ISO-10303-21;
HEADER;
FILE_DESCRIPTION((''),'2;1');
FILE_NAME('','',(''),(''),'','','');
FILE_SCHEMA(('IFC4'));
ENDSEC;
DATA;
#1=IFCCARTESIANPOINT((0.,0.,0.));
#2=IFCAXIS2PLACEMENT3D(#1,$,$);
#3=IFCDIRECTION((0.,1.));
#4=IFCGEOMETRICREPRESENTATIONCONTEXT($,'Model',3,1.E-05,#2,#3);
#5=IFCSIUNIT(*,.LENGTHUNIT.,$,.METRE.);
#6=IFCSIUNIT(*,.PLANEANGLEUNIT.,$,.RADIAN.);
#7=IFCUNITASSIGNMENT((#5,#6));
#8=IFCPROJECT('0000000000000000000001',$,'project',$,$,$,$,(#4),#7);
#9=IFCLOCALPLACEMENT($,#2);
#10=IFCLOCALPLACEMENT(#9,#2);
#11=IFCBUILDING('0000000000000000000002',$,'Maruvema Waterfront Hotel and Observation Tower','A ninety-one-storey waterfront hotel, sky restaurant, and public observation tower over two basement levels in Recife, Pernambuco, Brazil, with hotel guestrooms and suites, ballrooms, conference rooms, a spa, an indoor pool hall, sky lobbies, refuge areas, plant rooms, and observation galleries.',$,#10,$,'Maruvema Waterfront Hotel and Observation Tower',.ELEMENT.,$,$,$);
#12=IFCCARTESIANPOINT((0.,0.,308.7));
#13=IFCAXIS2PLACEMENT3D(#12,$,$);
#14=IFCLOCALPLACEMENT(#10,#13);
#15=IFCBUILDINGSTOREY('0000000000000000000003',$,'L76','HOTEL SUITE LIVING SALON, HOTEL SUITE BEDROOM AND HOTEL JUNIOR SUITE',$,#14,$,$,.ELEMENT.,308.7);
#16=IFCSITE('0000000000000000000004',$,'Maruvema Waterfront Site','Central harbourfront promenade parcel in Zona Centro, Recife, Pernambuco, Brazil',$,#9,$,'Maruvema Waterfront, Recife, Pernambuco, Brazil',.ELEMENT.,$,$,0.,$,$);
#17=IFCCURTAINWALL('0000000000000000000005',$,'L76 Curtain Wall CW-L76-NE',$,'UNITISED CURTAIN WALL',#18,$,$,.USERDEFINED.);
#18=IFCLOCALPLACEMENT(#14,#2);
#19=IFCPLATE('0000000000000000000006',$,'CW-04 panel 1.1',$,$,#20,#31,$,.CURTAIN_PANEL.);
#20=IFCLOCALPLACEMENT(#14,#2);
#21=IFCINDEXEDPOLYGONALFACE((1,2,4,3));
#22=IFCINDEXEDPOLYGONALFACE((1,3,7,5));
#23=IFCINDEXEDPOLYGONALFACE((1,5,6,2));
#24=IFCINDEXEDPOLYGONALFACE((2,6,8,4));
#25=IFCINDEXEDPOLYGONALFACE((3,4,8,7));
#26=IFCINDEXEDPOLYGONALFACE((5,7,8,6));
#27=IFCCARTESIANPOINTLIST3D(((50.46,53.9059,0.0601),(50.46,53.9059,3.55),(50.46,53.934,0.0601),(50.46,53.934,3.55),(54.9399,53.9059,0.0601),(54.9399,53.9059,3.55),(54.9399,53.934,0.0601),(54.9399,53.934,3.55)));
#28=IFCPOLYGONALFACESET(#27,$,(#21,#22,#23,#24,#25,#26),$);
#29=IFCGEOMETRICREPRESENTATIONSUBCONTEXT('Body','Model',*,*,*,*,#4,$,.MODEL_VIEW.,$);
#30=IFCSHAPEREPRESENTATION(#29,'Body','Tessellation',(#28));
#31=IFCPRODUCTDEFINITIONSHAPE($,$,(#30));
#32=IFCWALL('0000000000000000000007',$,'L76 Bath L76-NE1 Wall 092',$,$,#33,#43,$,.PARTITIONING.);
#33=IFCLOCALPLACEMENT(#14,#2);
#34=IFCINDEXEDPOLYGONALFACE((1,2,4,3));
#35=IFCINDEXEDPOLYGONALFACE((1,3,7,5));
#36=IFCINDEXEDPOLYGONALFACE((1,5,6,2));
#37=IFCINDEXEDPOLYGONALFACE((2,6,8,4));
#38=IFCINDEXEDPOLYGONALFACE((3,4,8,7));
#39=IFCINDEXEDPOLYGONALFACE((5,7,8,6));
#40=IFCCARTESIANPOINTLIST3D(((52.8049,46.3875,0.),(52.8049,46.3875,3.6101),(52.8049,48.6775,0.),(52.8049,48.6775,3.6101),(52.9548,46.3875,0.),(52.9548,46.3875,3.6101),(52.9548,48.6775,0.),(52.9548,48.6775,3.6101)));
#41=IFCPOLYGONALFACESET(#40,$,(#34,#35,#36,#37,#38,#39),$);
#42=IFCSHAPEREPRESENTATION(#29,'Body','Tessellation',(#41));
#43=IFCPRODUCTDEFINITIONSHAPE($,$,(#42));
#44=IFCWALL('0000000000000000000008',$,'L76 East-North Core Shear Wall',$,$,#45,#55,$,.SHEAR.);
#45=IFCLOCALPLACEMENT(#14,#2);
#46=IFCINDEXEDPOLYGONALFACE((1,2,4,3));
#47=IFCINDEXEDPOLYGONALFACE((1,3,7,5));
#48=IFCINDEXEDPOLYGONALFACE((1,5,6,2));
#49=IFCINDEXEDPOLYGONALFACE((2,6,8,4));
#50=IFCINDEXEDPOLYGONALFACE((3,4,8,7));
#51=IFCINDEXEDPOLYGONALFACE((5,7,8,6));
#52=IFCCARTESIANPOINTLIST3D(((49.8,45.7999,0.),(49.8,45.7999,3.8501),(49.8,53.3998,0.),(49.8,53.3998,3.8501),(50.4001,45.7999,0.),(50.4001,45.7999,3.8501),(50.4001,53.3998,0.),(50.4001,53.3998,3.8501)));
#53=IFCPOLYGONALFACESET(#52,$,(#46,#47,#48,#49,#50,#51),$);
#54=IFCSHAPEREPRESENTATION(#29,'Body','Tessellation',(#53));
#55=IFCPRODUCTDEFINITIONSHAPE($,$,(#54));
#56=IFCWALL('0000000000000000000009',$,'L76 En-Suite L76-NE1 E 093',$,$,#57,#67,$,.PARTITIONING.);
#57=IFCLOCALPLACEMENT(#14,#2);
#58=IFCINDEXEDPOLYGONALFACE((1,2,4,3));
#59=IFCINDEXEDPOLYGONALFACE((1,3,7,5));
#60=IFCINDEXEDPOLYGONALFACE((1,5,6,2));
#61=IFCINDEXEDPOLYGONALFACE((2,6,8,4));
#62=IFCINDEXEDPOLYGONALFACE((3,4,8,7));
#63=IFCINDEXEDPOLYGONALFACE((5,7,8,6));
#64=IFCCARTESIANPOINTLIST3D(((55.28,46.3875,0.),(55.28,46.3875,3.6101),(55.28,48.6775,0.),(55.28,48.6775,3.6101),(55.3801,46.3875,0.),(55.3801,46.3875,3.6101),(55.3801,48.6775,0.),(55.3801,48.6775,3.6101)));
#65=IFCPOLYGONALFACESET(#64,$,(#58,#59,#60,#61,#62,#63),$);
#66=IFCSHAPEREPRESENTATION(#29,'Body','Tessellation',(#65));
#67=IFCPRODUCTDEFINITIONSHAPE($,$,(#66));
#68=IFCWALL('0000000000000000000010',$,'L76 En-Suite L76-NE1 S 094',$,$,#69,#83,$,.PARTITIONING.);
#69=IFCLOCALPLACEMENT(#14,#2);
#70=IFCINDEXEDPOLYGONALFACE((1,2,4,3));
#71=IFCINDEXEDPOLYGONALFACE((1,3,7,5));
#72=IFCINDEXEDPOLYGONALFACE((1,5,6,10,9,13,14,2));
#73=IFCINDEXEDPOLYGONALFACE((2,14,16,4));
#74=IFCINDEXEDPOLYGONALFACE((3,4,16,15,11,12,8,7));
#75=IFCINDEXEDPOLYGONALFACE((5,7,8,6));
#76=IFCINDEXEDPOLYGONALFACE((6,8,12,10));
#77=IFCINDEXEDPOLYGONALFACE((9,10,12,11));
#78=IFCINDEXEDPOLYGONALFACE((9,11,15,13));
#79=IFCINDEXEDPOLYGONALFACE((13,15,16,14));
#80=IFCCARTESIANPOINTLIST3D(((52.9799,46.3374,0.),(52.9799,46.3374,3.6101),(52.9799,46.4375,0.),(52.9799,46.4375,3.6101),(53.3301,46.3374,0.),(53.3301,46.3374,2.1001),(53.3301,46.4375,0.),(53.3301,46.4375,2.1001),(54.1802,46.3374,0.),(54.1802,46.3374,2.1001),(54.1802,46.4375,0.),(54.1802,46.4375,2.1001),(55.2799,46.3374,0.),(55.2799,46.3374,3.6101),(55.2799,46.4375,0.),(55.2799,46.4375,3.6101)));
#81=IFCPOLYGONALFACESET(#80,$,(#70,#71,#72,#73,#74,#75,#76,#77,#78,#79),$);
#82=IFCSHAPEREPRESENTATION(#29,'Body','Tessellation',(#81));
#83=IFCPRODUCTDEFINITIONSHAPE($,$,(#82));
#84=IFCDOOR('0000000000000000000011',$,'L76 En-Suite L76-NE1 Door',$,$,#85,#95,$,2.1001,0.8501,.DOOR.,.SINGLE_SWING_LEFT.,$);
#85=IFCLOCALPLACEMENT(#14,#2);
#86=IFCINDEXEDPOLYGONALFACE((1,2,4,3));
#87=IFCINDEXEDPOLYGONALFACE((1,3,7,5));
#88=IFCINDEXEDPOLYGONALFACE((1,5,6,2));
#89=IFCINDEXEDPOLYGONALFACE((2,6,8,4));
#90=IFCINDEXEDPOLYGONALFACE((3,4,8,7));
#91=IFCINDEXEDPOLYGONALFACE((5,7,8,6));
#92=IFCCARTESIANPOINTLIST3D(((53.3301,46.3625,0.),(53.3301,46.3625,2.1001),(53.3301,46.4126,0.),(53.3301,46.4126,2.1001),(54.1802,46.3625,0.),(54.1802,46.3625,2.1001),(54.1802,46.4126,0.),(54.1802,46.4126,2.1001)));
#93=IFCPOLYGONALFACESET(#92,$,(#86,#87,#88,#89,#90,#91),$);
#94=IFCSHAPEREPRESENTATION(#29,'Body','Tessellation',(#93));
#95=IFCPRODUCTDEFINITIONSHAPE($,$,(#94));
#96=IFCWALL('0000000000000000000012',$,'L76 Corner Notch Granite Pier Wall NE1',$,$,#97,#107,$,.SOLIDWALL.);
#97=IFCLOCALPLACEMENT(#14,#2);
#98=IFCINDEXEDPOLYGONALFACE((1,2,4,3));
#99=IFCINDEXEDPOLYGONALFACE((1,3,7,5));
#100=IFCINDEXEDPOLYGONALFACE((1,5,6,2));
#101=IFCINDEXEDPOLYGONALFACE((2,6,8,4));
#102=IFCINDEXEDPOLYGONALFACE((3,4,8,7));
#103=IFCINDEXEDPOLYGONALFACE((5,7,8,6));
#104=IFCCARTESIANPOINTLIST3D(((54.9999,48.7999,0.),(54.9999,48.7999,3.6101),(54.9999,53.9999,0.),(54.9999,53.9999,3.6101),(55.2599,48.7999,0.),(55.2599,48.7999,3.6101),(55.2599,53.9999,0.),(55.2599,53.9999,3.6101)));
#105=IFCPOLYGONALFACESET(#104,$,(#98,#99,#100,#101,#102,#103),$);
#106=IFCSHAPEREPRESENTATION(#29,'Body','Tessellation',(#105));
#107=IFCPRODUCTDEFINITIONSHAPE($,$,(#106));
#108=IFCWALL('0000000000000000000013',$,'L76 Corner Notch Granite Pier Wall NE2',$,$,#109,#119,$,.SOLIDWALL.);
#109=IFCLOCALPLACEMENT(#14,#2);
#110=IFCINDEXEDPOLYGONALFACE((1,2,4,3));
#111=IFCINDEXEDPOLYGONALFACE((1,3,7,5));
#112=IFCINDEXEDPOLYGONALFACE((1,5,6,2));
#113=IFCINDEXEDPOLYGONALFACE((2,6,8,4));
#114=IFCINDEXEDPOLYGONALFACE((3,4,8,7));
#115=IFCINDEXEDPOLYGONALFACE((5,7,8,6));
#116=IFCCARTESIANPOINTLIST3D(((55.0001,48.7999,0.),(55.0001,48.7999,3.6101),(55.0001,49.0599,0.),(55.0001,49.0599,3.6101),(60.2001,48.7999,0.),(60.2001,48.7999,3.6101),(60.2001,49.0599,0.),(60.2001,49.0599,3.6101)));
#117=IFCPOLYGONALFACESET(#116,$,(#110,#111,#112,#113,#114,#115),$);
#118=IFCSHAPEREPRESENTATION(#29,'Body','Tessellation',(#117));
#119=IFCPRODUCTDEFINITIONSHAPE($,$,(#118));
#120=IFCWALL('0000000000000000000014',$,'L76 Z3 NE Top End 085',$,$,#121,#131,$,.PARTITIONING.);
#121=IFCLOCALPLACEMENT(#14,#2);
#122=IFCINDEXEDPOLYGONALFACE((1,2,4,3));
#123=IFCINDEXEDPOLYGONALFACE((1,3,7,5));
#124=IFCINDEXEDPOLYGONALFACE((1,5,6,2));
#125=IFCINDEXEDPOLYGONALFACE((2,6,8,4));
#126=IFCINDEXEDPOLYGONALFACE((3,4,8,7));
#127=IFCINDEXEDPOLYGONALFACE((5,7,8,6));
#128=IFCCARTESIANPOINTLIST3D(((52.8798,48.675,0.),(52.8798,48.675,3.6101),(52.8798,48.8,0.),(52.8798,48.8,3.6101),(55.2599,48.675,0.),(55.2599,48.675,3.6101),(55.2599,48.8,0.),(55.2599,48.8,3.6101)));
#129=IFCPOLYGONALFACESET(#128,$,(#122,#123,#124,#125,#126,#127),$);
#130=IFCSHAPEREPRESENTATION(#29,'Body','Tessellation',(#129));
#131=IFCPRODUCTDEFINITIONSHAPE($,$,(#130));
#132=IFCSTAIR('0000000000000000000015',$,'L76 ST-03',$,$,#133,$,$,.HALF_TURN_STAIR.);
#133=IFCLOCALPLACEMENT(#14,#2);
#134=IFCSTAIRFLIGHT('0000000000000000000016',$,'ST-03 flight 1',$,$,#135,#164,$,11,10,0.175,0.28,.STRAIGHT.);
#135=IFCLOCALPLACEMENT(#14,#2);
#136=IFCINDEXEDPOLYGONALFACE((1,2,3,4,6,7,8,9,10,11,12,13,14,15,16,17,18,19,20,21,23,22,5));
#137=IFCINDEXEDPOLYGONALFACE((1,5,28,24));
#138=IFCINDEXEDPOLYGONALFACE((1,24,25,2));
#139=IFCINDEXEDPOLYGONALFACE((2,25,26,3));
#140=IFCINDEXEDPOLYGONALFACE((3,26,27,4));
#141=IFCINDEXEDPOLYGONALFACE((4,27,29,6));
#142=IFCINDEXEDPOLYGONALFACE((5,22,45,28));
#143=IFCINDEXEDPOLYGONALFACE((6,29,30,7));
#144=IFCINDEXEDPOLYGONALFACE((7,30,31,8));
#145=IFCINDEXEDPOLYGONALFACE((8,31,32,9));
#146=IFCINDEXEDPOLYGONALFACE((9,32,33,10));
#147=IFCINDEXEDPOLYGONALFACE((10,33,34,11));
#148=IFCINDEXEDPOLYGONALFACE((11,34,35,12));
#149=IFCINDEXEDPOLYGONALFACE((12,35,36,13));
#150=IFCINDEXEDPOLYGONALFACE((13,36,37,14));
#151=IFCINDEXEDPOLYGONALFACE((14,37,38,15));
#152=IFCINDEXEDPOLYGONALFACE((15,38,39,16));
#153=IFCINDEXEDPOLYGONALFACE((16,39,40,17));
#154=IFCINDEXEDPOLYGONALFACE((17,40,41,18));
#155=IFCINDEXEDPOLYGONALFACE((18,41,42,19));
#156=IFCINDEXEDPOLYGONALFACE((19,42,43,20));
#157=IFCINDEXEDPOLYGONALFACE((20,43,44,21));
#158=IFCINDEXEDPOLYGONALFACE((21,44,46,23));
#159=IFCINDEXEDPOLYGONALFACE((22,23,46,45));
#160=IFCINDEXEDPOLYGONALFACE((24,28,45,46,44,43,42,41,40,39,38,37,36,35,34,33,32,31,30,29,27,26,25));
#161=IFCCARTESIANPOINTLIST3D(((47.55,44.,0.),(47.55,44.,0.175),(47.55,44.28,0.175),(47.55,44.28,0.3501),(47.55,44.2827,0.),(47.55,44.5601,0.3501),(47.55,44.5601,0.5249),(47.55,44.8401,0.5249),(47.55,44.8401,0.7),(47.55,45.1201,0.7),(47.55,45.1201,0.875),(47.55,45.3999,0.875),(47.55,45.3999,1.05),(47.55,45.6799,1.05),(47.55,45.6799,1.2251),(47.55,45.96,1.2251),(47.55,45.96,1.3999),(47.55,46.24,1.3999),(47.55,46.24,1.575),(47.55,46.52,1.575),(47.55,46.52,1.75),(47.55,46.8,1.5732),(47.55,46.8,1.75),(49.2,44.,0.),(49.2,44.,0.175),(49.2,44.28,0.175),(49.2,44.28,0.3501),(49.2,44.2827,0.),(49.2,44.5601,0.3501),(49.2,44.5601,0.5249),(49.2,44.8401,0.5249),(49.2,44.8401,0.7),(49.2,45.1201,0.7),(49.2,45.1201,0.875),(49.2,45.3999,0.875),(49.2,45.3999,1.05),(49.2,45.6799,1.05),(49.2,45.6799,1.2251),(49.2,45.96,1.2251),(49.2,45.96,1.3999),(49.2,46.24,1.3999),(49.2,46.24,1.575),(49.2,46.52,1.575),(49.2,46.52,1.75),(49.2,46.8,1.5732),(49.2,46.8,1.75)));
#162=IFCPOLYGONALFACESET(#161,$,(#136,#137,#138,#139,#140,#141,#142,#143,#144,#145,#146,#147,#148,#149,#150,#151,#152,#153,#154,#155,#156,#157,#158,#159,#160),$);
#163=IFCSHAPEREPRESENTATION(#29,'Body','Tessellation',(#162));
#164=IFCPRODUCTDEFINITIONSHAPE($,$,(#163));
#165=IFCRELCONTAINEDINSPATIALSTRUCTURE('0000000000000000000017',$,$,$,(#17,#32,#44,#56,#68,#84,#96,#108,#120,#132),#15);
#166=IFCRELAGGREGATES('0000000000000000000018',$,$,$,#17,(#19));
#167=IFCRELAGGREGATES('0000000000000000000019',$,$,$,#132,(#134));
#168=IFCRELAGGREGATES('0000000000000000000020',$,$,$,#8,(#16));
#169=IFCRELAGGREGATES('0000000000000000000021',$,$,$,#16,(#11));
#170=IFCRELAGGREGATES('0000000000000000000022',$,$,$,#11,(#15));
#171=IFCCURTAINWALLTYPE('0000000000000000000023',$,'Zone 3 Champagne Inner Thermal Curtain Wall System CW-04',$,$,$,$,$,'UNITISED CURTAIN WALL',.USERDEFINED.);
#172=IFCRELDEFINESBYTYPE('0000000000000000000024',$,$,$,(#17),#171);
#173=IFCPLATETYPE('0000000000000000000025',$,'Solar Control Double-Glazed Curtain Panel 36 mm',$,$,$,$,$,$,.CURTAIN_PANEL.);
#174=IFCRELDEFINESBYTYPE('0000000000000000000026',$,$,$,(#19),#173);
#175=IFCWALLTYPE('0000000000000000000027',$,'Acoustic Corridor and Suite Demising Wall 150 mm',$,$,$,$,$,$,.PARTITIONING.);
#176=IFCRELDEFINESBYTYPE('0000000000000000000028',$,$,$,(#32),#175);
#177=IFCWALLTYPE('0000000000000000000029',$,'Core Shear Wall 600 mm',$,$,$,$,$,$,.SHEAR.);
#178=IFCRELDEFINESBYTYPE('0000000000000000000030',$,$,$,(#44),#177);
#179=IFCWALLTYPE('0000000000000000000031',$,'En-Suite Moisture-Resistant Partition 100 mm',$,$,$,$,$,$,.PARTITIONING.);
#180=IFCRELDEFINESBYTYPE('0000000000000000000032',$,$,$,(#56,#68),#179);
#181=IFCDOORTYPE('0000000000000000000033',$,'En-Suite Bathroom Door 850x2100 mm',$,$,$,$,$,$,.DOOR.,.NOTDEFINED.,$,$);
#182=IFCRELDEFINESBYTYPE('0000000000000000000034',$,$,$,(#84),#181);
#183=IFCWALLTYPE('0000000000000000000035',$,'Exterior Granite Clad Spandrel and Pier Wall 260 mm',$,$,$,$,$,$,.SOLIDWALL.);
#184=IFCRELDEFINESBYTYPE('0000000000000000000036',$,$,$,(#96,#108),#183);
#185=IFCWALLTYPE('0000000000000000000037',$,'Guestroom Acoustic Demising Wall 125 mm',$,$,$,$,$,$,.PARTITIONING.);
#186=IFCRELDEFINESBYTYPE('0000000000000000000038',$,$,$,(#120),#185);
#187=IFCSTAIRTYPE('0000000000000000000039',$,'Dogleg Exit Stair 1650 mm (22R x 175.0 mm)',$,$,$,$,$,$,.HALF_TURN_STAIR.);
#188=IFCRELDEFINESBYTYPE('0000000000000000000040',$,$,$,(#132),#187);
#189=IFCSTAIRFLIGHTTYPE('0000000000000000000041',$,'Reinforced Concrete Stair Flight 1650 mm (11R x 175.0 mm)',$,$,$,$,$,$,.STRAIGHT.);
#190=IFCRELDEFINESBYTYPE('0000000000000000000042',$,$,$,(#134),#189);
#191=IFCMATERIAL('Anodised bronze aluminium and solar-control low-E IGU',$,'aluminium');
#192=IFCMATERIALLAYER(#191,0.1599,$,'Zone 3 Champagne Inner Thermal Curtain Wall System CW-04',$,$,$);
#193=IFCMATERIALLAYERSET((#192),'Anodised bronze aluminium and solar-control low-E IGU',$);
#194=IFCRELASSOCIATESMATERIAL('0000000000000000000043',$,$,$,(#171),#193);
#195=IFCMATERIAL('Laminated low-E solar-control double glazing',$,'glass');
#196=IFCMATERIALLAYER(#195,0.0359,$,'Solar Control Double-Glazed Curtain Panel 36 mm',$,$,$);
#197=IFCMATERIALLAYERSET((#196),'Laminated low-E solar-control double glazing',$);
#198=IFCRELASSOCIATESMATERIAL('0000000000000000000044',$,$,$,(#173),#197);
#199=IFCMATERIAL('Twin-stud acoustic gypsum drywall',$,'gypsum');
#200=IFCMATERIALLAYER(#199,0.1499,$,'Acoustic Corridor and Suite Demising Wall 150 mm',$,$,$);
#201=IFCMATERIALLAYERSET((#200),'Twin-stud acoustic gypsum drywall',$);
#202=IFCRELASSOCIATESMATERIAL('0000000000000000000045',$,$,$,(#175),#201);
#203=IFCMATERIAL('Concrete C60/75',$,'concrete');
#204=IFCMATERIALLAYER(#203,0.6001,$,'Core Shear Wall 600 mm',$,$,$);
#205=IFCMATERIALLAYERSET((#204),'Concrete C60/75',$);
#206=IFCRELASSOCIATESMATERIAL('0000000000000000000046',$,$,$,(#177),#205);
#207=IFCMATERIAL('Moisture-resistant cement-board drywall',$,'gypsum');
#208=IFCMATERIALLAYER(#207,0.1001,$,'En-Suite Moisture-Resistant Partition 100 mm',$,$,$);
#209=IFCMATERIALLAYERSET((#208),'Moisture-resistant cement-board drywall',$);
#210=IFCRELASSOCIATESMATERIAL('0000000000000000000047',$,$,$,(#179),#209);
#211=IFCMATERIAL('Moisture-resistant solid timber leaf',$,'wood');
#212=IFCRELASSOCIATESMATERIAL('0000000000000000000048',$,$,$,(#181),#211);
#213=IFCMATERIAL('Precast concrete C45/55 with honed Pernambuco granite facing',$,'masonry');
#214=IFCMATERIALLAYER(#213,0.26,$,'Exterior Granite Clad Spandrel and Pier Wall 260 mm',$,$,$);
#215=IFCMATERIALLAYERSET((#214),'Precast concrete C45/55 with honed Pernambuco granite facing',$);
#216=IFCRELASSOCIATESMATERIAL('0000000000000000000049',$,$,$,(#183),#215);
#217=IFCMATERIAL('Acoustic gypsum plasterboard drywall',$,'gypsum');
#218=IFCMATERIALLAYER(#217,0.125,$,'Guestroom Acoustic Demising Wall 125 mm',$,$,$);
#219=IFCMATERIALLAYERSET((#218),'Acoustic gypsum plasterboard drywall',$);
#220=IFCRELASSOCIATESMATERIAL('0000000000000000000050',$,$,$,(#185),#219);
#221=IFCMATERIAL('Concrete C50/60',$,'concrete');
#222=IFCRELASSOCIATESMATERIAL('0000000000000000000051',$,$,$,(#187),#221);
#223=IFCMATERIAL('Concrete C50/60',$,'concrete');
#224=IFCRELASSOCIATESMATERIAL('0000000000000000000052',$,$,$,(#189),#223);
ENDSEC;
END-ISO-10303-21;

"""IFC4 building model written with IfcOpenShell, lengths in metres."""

from ifc_helpers import new_model, si_unit, direction, frame, frame_2d, origin, origin_2d, place, context, subcontext, project, spatial, polyline, rectangle, outline, extrude, material, layer, layer_set, type_object, element, fill, aggregate, save


model = new_model("IFC4")

# Units and contexts
model_context = context("Model", 3, precision=1e-05, world=origin(), true_north=direction((0.0, 1.0)))
body_context = subcontext(model_context, "Body", "Model", "MODEL_VIEW")
ifc_project = project(units=[si_unit("LENGTHUNIT", "METRE"), si_unit("PLANEANGLEUNIT", "RADIAN")], contexts=[model_context])

# Site, building, storey
site_placement = place(None, origin())
site = spatial("IfcSite", under=ifc_project, at=site_placement, Name="Maruvema Waterfront Site", Description="Central harbourfront promenade parcel in Zona Centro, Recife, Pernambuco, Brazil", LongName="Maruvema Waterfront, Recife, Pernambuco, Brazil", CompositionType="ELEMENT", RefElevation=0.0)
building_placement = place(site_placement, origin())
building = spatial("IfcBuilding", under=site, at=building_placement, Name="Maruvema Waterfront Hotel and Observation Tower", Description="A ninety-one-storey waterfront hotel, sky restaurant, and public observation tower over two basement levels in Recife, Pernambuco, Brazil, with hotel guestrooms and suites, ballrooms, conference rooms, a spa, an indoor pool hall, sky lobbies, refuge areas, plant rooms, and observation galleries.", LongName="Maruvema Waterfront Hotel and Observation Tower", CompositionType="ELEMENT")
storey_placement = place(building_placement, frame((0.0, 0.0, 308.7)))
storey = spatial("IfcBuildingStorey", under=building, at=storey_placement, Name="L76", Description="HOTEL SUITE LIVING SALON, HOTEL SUITE BEDROOM AND HOTEL JUNIOR SUITE", CompositionType="ELEMENT", Elevation=308.7)

# Curtain wall
ifc_material_1 = material(Name="Anodised bronze aluminium and solar-control low-E IGU", Category="aluminium")
ifc_layer_1 = layer(ifc_material_1, 0.1599, Name="Zone 3 Champagne Inner Thermal Curtain Wall System CW-04")
ifc_layer_set_1 = layer_set([ifc_layer_1], Name="Anodised bronze aluminium and solar-control low-E IGU")
curtain_wall_type = type_object("IfcCurtainWallType", Name="Zone 3 Champagne Inner Thermal Curtain Wall System CW-04", ElementType="UNITISED CURTAIN WALL", PredefinedType="USERDEFINED", material=ifc_layer_set_1)
curtain_wall_1_placement = place(storey_placement, origin())
curtain_wall_1 = element("IfcCurtainWall", 1, at=curtain_wall_1_placement, inside=storey, type_object=curtain_wall_type, Name="L76 Curtain Wall CW-L76-NE", ObjectType="UNITISED CURTAIN WALL", PredefinedType="USERDEFINED")

# Plate
ifc_material_2 = material(Name="Laminated low-E solar-control double glazing", Category="glass")
ifc_layer_2 = layer(ifc_material_2, 0.0359, Name="Solar Control Double-Glazed Curtain Panel 36 mm")
ifc_layer_set_2 = layer_set([ifc_layer_2], Name="Laminated low-E solar-control double glazing")
plate_type = type_object("IfcPlateType", Name="Solar Control Double-Glazed Curtain Panel 36 mm", PredefinedType="CURTAIN_PANEL", material=ifc_layer_set_2)
plate_1_placement = place(storey_placement, frame((52.7, 53.9199, 0.0601), z_axis=(0.0, 0.0, 1.0), x_axis=(-1.0, 0.0, 0.0)))
plate_1 = element("IfcPlate", 2, at=plate_1_placement, type_object=plate_type, Name="CW-04 panel 1.1", PredefinedType="CURTAIN_PANEL", context=body_context, shape_type="SweptSolid", body=[
    extrude(rectangle(XDim=4.48, YDim=0.0281, at=origin_2d()), origin(), (0.0, 0.0, 1.0), 3.49),
])
aggregate(curtain_wall_1, [plate_1])

# Walls
ifc_material_3 = material(Name="Twin-stud acoustic gypsum drywall", Category="gypsum")
ifc_layer_3 = layer(ifc_material_3, 0.1499, Name="Acoustic Corridor and Suite Demising Wall 150 mm")
ifc_layer_set_3 = layer_set([ifc_layer_3], Name="Twin-stud acoustic gypsum drywall")
wall_type_1 = type_object("IfcWallType", Name="Acoustic Corridor and Suite Demising Wall 150 mm", PredefinedType="PARTITIONING", material=ifc_layer_set_3)
wall_1_placement = place(storey_placement, frame((52.8799, 46.3875, 0.0), z_axis=(0.0, 0.0, 1.0), x_axis=(0.0, 1.0, 0.0)))
element("IfcWall", 3, at=wall_1_placement, inside=storey, type_object=wall_type_1, Name="L76 Bath L76-NE1 Wall 092", PredefinedType="PARTITIONING", context=body_context, shape_type="SweptSolid", body=[
    extrude(rectangle(XDim=2.29, YDim=0.1499, at=frame_2d((1.145, 0.0))), origin(), (0.0, 0.0, 1.0), 3.6101),
])
ifc_material_4 = material(Name="Concrete C60/75", Category="concrete")
ifc_layer_4 = layer(ifc_material_4, 0.6001, Name="Core Shear Wall 600 mm")
ifc_layer_set_4 = layer_set([ifc_layer_4], Name="Concrete C60/75")
wall_type_2 = type_object("IfcWallType", Name="Core Shear Wall 600 mm", PredefinedType="SHEAR", material=ifc_layer_set_4)
wall_2_placement = place(storey_placement, frame((50.1001, 45.8, 0.0), z_axis=(0.0, 0.0, 1.0), x_axis=(0.0, 1.0, 0.0)))
element("IfcWall", 4, at=wall_2_placement, inside=storey, type_object=wall_type_2, Name="L76 East-North Core Shear Wall", PredefinedType="SHEAR", context=body_context, shape_type="SweptSolid", body=[
    extrude(rectangle(XDim=7.5999, YDim=0.6001, at=frame_2d((3.7998, 0.0))), origin(), (0.0, 0.0, 1.0), 3.8501),
])
ifc_material_5 = material(Name="Moisture-resistant cement-board drywall", Category="gypsum")
ifc_layer_5 = layer(ifc_material_5, 0.1001, Name="En-Suite Moisture-Resistant Partition 100 mm")
ifc_layer_set_5 = layer_set([ifc_layer_5], Name="Moisture-resistant cement-board drywall")
wall_type_3 = type_object("IfcWallType", Name="En-Suite Moisture-Resistant Partition 100 mm", PredefinedType="PARTITIONING", material=ifc_layer_set_5)
wall_3_placement = place(storey_placement, frame((55.3301, 46.3875, 0.0), z_axis=(0.0, 0.0, 1.0), x_axis=(0.0, 1.0, 0.0)))
element("IfcWall", 5, at=wall_3_placement, inside=storey, type_object=wall_type_3, Name="L76 En-Suite L76-NE1 E 093", PredefinedType="PARTITIONING", context=body_context, shape_type="SweptSolid", body=[
    extrude(rectangle(XDim=2.29, YDim=0.1001, at=frame_2d((1.145, 0.0))), origin(), (0.0, 0.0, 1.0), 3.6101),
])

# Wall, opening, door
wall_4_placement = place(storey_placement, frame((52.98, 46.3875, 0.0), z_axis=(0.0, 0.0, 1.0), x_axis=(1.0, 0.0, 0.0)))
wall_4 = element("IfcWall", 6, at=wall_4_placement, inside=storey, type_object=wall_type_3, Name="L76 En-Suite L76-NE1 S 094", PredefinedType="PARTITIONING", context=body_context, shape_type="SweptSolid", body=[
    extrude(rectangle(XDim=2.3, YDim=0.1001, at=frame_2d((1.1499, 0.0))), origin(), (0.0, 0.0, 1.0), 3.6101),
])
opening_placement = place(wall_4_placement, frame((0.3501, 0.0, 0.0)))
opening = element("IfcOpeningElement", 7, at=opening_placement, cuts=wall_4, PredefinedType="OPENING", context=body_context, shape_type="SweptSolid", body=[
    extrude(rectangle(XDim=0.8501, YDim=2.1001, at=frame_2d((0.425, 1.05))), frame((0.0, 0.0601, 0.0), z_axis=(0.0, -1.0, 0.0), x_axis=(1.0, 0.0, 0.0)), (0.0, 0.0, 1.0), 0.1201),
])
ifc_material_6 = material(Name="Moisture-resistant solid timber leaf", Category="wood")
door_type = type_object("IfcDoorType", Name="En-Suite Bathroom Door 850x2100 mm", OperationType="NOTDEFINED", PredefinedType="DOOR", material=ifc_material_6)
door_placement = place(opening_placement, frame((0.8501, 0.0, 0.0), z_axis=(0.0, 0.0, 1.0), x_axis=(-1.0, 0.0, 0.0)))
door = element("IfcDoor", 8, at=door_placement, inside=storey, type_object=door_type, Name="L76 En-Suite L76-NE1 Door", OperationType="SINGLE_SWING_LEFT", OverallHeight=2.1001, OverallWidth=0.8501, PredefinedType="DOOR", context=body_context, shape_type="SweptSolid", body=[
    extrude(rectangle(XDim=0.8501, YDim=2.1001, at=frame_2d((0.425, 1.05))), frame((0.0, 0.0249, 0.0), z_axis=(0.0, -1.0, 0.0), x_axis=(1.0, 0.0, 0.0)), (0.0, 0.0, 1.0), 0.05),
])
fill(opening, door)

# Walls
ifc_material_7 = material(Name="Precast concrete C45/55 with honed Pernambuco granite facing", Category="masonry")
ifc_layer_6 = layer(ifc_material_7, 0.26, Name="Exterior Granite Clad Spandrel and Pier Wall 260 mm")
ifc_layer_set_6 = layer_set([ifc_layer_6], Name="Precast concrete C45/55 with honed Pernambuco granite facing")
wall_type_4 = type_object("IfcWallType", Name="Exterior Granite Clad Spandrel and Pier Wall 260 mm", PredefinedType="SOLIDWALL", material=ifc_layer_set_6)
for number, where, z_axis, x_axis, name in (
    (9, (55.1299, 54.0, 0.0), (0.0, 0.0, 1.0), (0.0, -1.0, 0.0), "L76 Corner Notch Granite Pier Wall NE1"),
    (10, (55.0, 48.9299, 0.0), (0.0, 0.0, 1.0), (1.0, 0.0, 0.0), "L76 Corner Notch Granite Pier Wall NE2"),
):
    element("IfcWall", number, at=place(storey_placement, frame(where, z_axis=z_axis, x_axis=x_axis)), inside=storey, type_object=wall_type_4, Name=name, PredefinedType="SOLIDWALL", context=body_context, shape_type="SweptSolid", body=[
        extrude(rectangle(XDim=5.2, YDim=0.26, at=frame_2d((2.6001, 0.0))), origin(), (0.0, 0.0, 1.0), 3.6101),
    ])
ifc_material_8 = material(Name="Acoustic gypsum plasterboard drywall", Category="gypsum")
ifc_layer_7 = layer(ifc_material_8, 0.125, Name="Guestroom Acoustic Demising Wall 125 mm")
ifc_layer_set_7 = layer_set([ifc_layer_7], Name="Acoustic gypsum plasterboard drywall")
wall_type_5 = type_object("IfcWallType", Name="Guestroom Acoustic Demising Wall 125 mm", PredefinedType="PARTITIONING", material=ifc_layer_set_7)
wall_5_placement = place(storey_placement, frame((52.8799, 48.7375, 0.0), z_axis=(0.0, 0.0, 1.0), x_axis=(1.0, 0.0, 0.0)))
element("IfcWall", 11, at=wall_5_placement, inside=storey, type_object=wall_type_5, Name="L76 Z3 NE Top End 085", PredefinedType="PARTITIONING", context=body_context, shape_type="SweptSolid", body=[
    extrude(rectangle(XDim=2.3801, YDim=0.125, at=frame_2d((1.1899, 0.0))), origin(), (0.0, 0.0, 1.0), 3.6101),
])

# Stair, stair flight
ifc_material_9 = material(Name="Concrete C50/60", Category="concrete")
stair_type = type_object("IfcStairType", Name="Dogleg Exit Stair 1650 mm (22R x 175.0 mm)", PredefinedType="HALF_TURN_STAIR", material=ifc_material_9)
stair_placement = place(storey_placement, origin())
stair = element("IfcStair", 12, at=stair_placement, inside=storey, type_object=stair_type, Name="L76 ST-03", PredefinedType="HALF_TURN_STAIR")
ifc_material_10 = material(Name="Concrete C50/60", Category="concrete")
stair_flight_type = type_object("IfcStairFlightType", Name="Reinforced Concrete Stair Flight 1650 mm (11R x 175.0 mm)", PredefinedType="STRAIGHT", material=ifc_material_10)
stair_flight_placement = place(storey_placement, frame((48.375, 44.0, 0.0), z_axis=(0.0, 0.0, 1.0), x_axis=(0.0, 1.0, 0.0)))
stair_flight = element("IfcStairFlight", 13, at=stair_flight_placement, type_object=stair_flight_type, Name="ST-03 flight 1", NumberOfRisers=11, NumberOfTreads=10, PredefinedType="STRAIGHT", RiserHeight=0.175, TreadLength=0.28, context=body_context, shape_type="SweptSolid", body=[
    extrude(outline(polyline([(0.0, 0.0), (0.0, 0.175), (0.28, 0.175), (0.28, 0.3501), (0.5601, 0.3501), (0.5601, 0.5249), (0.8401, 0.5249), (0.8401, 0.7), (1.1201, 0.7), (1.1201, 0.875), (1.3999, 0.875), (1.3999, 1.05), (1.6799, 1.05), (1.6799, 1.2251), (1.96, 1.2251), (1.96, 1.3999), (2.24, 1.3999), (2.24, 1.575), (2.52, 1.575), (2.52, 1.75), (2.8, 1.75), (2.8, 1.925), (2.8, 1.5732), (0.2827, 0.0), (0.0, 0.0)])), frame((0.0, 0.825, 0.0), z_axis=(0.0, -1.0, 0.0), x_axis=(1.0, 0.0, 0.0)), (0.0, 0.0, 1.0), 1.6499),
])
aggregate(stair, [stair_flight])

save(model, "model.ifc")
